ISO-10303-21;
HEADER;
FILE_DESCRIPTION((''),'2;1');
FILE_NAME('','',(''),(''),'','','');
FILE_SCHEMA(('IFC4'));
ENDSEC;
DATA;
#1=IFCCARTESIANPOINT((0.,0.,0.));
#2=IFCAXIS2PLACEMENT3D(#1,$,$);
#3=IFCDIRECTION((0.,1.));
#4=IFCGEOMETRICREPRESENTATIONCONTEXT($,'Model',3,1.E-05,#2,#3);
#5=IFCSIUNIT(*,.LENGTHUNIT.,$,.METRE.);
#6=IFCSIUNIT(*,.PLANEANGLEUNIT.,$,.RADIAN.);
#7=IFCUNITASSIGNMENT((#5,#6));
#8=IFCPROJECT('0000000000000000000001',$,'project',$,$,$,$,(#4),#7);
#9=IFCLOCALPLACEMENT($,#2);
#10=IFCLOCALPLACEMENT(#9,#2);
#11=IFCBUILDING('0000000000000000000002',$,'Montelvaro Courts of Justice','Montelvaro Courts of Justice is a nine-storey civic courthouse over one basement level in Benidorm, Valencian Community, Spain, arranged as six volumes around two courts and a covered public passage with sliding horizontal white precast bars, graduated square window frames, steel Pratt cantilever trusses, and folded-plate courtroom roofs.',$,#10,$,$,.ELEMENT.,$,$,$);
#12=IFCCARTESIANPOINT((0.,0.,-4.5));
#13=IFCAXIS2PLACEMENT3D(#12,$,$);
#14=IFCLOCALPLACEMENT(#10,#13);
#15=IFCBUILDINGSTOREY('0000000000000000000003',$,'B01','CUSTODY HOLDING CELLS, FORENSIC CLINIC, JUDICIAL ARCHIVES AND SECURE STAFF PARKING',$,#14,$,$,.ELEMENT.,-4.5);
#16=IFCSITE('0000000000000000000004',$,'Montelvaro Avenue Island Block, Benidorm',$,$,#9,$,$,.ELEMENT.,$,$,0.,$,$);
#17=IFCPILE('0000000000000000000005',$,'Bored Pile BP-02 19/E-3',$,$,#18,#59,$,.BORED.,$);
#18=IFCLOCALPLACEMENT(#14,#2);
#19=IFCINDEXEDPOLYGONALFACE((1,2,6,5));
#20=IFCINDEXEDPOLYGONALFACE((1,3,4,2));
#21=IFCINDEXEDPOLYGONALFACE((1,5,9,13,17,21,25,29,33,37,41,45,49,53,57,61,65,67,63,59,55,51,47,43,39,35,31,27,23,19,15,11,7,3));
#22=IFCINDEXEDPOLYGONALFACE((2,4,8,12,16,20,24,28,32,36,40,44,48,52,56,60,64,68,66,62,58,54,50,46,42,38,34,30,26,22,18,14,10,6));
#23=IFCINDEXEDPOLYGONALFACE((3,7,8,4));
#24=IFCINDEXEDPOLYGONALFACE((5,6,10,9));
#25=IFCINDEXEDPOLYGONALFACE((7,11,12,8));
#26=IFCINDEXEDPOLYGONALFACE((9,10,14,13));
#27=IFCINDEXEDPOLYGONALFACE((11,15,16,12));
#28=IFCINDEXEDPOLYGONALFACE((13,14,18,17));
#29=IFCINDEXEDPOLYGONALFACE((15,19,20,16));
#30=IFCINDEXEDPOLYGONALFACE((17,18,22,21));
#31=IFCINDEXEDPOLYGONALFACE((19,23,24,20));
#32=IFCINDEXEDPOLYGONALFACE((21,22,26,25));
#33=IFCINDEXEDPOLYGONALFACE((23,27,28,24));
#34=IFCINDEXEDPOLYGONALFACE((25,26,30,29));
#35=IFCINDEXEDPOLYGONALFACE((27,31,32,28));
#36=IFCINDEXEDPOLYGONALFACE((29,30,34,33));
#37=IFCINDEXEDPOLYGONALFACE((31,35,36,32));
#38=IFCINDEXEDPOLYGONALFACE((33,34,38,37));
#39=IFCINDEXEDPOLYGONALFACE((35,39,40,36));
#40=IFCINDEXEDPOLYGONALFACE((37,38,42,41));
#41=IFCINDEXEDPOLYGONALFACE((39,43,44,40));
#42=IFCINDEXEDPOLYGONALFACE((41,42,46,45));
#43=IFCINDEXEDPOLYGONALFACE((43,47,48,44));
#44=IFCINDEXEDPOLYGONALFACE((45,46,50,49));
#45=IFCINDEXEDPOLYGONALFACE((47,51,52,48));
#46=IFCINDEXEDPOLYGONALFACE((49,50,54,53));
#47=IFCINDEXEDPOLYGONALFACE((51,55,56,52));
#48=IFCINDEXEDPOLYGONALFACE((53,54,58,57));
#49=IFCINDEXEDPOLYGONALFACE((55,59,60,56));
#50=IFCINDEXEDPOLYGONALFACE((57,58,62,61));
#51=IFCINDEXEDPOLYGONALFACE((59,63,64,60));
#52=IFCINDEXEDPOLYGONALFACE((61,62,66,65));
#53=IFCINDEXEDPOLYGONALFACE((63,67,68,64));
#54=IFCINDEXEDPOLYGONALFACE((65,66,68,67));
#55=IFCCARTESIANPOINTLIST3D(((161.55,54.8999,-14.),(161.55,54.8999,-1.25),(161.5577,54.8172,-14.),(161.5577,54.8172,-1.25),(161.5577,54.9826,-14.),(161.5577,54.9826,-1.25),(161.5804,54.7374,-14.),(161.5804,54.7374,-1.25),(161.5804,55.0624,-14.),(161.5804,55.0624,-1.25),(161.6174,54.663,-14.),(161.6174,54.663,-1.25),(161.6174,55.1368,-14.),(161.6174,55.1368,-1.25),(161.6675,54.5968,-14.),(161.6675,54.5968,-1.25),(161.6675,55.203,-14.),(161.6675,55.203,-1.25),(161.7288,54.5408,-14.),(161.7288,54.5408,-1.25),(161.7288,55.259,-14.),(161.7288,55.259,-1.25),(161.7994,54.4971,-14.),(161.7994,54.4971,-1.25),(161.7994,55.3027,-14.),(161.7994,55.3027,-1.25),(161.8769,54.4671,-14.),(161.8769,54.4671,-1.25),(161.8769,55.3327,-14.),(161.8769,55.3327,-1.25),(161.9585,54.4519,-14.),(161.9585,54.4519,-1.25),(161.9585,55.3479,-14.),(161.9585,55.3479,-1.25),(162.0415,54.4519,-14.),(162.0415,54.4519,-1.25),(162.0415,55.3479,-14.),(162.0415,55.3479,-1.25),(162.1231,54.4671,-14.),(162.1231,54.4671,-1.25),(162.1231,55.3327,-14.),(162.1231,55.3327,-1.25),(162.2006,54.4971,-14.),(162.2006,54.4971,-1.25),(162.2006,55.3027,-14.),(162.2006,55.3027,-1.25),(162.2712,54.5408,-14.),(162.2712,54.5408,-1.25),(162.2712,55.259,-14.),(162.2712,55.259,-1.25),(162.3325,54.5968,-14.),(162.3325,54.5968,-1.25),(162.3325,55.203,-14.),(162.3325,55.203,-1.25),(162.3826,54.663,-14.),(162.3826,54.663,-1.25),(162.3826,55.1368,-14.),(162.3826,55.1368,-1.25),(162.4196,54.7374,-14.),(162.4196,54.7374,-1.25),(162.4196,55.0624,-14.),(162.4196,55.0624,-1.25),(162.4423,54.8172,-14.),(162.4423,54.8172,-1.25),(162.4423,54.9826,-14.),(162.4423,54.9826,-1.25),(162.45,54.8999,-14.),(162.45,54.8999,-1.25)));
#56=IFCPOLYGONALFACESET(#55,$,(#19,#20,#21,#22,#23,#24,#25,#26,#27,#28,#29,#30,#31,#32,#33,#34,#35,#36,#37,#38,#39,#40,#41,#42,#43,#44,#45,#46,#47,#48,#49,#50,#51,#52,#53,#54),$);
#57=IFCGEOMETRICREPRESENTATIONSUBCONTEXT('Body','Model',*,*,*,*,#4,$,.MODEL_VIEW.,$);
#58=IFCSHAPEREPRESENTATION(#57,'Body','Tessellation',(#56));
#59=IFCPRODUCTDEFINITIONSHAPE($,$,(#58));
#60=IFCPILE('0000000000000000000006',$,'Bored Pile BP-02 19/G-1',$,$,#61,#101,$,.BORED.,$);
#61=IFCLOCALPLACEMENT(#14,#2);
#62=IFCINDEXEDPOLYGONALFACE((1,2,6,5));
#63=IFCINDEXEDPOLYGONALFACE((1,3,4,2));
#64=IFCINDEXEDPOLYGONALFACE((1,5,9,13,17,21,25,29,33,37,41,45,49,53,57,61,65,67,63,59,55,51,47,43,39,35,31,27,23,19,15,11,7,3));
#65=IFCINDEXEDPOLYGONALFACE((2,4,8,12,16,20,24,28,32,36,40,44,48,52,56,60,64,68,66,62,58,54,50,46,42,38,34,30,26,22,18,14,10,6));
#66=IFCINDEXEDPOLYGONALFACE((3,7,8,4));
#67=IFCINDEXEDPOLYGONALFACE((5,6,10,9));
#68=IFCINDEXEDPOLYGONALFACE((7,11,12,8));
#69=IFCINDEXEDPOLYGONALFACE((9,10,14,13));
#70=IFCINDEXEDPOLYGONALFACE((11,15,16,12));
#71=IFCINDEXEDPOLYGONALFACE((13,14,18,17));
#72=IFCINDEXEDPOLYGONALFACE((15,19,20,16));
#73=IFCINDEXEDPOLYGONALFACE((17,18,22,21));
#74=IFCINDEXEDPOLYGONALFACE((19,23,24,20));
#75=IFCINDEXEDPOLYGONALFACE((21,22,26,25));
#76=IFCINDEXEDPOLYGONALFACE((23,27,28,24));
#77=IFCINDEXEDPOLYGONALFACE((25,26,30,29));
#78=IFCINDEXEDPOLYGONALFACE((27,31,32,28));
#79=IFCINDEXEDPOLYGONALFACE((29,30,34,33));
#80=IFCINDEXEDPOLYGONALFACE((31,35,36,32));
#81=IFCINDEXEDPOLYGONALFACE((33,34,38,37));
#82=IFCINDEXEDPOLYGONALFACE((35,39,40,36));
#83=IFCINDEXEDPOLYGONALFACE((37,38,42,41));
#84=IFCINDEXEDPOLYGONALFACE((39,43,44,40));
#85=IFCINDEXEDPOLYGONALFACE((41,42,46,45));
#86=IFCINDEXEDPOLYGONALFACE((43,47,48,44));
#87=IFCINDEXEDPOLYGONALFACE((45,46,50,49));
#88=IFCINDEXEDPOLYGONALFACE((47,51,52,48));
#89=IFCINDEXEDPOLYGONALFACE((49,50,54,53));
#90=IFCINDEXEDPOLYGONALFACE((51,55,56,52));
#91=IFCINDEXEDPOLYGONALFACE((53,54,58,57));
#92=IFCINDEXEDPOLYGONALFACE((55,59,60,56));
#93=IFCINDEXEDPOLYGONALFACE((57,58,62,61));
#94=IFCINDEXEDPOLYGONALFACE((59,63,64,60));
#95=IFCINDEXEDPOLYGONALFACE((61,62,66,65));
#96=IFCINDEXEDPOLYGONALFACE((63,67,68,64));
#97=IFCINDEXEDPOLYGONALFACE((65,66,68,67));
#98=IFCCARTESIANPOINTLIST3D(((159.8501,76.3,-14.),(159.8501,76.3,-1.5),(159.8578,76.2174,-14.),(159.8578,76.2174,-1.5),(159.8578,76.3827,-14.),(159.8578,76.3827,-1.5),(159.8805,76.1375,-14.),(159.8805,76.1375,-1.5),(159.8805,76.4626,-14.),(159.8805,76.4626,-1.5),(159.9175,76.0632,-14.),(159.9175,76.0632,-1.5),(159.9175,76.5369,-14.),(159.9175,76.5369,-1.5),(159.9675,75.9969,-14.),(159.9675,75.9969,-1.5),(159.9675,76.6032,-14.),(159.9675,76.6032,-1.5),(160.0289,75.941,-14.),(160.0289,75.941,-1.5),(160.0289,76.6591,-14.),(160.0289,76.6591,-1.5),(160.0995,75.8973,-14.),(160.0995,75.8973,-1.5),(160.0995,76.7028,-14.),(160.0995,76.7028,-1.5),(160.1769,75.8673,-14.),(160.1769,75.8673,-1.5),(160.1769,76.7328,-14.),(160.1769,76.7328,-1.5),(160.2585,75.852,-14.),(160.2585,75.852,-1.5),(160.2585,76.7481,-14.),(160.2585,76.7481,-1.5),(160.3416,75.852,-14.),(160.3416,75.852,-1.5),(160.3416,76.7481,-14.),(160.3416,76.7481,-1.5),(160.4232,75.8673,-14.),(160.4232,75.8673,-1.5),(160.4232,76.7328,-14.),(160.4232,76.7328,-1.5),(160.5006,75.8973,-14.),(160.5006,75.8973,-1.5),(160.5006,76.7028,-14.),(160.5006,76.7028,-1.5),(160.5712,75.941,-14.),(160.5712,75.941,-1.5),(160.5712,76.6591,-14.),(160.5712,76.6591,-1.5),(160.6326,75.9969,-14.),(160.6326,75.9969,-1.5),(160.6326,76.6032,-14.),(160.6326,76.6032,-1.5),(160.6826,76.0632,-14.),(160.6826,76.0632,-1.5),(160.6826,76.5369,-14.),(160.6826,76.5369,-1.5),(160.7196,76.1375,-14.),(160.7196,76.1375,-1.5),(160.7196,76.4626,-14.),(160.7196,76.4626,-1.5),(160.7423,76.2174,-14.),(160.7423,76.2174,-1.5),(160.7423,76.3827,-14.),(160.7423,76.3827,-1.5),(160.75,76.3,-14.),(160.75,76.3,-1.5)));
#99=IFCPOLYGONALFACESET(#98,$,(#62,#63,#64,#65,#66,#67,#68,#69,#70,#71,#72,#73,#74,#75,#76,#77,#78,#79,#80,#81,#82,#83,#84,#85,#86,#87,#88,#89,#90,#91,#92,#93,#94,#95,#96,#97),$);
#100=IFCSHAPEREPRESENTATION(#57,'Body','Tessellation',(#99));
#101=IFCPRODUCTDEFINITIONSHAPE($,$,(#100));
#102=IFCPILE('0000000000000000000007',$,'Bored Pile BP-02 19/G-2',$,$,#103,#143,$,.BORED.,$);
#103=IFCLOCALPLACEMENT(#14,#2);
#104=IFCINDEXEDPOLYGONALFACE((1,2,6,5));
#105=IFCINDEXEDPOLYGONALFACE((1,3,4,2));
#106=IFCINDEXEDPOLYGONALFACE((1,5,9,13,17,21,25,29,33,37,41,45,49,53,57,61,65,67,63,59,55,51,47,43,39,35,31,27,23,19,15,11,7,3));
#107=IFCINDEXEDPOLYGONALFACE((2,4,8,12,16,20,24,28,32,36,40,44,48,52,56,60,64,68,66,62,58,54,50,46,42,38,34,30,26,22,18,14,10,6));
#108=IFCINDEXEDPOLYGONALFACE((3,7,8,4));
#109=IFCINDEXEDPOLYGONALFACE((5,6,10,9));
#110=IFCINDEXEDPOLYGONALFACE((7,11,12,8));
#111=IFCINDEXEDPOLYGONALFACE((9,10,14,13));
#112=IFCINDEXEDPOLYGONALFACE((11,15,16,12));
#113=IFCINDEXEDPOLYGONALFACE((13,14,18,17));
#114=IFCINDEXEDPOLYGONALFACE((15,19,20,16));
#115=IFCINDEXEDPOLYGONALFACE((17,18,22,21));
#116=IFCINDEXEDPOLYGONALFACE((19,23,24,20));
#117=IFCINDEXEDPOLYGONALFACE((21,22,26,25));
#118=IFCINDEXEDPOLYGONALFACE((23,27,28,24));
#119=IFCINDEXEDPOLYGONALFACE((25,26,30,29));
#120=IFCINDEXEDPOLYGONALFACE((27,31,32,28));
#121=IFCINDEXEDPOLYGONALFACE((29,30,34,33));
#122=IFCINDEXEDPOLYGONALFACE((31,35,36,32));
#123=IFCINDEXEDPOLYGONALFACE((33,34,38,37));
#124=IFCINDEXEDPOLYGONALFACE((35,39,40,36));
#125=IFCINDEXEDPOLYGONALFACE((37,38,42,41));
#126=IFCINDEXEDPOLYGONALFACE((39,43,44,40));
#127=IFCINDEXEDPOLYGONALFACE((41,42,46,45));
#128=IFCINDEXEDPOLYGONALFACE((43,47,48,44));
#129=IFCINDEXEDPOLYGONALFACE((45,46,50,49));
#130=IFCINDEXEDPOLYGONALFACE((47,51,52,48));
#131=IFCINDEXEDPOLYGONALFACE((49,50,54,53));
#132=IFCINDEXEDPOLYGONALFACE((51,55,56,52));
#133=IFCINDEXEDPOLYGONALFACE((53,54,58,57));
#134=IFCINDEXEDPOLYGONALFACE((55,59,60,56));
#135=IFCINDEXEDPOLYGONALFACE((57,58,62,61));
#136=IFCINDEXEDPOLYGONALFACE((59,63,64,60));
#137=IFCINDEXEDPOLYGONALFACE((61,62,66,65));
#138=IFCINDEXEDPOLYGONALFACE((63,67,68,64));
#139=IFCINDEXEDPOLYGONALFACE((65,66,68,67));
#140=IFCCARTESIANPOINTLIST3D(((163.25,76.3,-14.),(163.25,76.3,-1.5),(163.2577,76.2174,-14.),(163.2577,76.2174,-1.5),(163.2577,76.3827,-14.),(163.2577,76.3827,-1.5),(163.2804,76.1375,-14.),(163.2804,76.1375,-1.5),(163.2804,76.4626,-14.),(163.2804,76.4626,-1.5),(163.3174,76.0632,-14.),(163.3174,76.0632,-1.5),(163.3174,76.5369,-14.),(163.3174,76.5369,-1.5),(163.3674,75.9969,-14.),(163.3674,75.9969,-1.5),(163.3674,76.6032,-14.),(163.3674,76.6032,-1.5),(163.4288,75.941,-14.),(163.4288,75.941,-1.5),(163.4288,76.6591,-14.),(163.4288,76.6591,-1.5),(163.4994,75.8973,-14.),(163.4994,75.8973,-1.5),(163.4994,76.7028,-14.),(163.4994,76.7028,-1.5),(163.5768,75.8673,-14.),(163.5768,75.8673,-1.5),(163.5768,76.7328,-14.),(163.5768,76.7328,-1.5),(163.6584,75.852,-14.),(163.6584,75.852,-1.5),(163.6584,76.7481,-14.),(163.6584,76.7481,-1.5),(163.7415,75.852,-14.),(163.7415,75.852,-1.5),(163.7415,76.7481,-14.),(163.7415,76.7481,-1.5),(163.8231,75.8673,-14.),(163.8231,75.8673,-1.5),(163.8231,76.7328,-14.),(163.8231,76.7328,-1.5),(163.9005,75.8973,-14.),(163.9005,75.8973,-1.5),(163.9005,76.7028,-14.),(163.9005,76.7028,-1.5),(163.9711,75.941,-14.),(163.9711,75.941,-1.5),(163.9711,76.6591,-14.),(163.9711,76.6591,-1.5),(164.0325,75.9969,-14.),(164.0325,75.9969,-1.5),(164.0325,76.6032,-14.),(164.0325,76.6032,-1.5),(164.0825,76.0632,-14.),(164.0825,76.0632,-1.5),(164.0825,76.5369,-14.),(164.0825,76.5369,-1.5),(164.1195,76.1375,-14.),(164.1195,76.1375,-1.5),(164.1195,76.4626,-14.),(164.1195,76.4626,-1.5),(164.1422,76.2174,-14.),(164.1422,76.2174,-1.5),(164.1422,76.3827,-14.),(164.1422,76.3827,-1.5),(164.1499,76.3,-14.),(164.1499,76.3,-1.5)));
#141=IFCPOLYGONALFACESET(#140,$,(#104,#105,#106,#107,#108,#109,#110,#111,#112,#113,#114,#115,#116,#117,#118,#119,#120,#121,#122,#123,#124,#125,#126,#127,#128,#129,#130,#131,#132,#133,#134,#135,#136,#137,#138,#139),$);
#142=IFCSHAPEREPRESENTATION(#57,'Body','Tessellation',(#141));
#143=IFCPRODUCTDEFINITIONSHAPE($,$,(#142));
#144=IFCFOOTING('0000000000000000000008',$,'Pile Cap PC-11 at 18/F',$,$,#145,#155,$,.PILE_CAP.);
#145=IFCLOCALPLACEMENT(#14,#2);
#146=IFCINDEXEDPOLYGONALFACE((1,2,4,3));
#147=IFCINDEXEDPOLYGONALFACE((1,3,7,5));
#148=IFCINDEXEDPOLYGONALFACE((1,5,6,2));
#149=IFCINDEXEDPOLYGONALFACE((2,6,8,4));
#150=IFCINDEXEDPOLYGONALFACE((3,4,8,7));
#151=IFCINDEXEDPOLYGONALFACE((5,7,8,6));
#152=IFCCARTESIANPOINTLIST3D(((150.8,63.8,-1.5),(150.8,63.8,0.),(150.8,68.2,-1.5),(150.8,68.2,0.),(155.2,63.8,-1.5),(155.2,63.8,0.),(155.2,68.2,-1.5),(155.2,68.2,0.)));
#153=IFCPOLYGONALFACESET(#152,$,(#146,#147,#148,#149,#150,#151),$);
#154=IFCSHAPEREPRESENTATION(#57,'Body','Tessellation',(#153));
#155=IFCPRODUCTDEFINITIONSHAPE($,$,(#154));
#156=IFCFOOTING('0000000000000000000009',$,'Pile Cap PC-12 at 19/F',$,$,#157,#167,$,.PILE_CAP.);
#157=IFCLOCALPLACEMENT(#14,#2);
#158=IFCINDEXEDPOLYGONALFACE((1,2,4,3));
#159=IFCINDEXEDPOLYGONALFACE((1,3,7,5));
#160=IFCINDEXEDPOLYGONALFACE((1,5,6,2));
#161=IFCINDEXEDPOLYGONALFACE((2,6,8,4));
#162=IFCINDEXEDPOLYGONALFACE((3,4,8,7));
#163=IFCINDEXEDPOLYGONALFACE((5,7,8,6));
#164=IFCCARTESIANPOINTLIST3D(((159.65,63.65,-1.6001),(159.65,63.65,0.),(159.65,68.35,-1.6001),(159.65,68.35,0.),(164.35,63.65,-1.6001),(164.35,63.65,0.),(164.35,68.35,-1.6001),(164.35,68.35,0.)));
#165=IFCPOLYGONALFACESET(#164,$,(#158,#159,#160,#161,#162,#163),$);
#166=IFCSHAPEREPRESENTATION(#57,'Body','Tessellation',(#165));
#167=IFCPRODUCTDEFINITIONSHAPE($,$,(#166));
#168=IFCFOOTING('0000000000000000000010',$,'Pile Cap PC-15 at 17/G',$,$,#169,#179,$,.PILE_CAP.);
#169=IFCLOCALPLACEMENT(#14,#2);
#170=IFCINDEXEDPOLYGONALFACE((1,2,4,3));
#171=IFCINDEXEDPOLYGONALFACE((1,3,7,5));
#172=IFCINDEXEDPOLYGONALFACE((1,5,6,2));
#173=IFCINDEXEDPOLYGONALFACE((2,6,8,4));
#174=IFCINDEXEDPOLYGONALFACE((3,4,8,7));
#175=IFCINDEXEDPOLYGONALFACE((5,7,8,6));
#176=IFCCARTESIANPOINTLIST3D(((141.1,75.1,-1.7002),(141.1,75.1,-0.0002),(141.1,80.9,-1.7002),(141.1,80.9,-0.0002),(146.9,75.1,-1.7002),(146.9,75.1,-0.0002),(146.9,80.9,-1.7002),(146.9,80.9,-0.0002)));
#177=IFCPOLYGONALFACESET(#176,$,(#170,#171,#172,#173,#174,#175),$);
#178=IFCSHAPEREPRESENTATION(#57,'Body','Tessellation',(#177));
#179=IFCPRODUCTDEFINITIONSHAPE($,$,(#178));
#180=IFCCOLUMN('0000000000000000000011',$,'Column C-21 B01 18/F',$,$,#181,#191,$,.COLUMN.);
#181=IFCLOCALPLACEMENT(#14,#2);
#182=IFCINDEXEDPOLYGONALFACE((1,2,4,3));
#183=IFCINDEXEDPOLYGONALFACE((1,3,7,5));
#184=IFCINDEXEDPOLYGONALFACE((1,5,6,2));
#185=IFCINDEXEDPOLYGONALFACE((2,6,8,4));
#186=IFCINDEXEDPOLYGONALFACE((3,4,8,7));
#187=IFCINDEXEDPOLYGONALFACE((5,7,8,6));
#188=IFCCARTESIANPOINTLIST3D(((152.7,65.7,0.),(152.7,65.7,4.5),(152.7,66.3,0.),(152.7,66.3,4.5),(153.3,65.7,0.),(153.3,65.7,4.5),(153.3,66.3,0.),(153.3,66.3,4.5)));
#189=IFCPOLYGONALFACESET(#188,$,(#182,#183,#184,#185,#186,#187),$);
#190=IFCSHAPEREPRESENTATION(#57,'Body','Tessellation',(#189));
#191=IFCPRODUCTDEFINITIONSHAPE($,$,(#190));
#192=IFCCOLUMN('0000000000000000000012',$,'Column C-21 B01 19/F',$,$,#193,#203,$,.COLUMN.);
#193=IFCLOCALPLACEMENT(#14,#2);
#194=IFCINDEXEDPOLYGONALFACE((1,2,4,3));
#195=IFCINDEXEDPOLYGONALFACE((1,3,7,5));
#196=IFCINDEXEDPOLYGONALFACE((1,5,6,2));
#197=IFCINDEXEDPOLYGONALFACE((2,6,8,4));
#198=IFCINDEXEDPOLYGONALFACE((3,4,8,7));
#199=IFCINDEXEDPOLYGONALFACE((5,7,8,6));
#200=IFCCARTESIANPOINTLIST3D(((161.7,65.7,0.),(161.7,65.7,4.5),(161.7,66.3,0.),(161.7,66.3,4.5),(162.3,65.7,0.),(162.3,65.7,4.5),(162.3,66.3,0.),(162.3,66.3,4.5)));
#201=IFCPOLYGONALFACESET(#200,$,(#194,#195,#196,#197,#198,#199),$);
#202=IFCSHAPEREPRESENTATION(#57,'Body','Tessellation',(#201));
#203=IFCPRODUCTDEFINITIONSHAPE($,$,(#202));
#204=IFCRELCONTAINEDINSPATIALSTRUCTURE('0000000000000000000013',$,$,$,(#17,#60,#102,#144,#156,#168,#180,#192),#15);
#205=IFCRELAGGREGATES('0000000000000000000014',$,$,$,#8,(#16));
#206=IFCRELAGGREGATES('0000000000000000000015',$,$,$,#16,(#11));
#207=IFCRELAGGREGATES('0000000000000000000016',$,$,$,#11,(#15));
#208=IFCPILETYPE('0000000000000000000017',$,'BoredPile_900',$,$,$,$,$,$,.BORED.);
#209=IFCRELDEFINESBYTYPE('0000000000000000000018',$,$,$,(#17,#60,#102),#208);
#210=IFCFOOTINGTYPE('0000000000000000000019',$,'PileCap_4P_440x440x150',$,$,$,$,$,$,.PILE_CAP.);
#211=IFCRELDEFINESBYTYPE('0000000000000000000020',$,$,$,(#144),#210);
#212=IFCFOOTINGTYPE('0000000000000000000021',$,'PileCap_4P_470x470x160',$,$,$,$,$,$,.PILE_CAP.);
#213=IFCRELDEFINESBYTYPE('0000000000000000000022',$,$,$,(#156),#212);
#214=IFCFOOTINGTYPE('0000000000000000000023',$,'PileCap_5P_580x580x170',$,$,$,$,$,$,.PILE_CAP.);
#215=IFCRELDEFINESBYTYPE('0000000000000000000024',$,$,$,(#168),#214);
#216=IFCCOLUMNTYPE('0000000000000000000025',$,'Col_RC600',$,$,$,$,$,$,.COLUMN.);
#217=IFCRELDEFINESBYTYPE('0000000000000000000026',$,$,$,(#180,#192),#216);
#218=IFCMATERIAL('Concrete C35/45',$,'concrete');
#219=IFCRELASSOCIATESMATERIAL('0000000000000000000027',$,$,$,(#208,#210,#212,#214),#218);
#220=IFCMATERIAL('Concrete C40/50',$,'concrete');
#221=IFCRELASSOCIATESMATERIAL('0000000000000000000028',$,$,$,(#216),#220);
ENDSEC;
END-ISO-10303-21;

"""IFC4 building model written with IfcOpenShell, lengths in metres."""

from ifc_helpers import new_model, si_unit, direction, frame, origin, origin_2d, place, context, subcontext, project, spatial, rectangle, circle, extrude, material, material_profile, profile_set, type_object, element, save


model = new_model("IFC4")

# Units and contexts
model_context = context("Model", 3, precision=1e-05, world=origin(), true_north=direction((0.0, 1.0)))
body_context = subcontext(model_context, "Body", "Model", "MODEL_VIEW")
ifc_project = project(units=[si_unit("LENGTHUNIT", "METRE"), si_unit("PLANEANGLEUNIT", "RADIAN")], contexts=[model_context])

# Site, building, storey
site_placement = place(None, origin())
site = spatial("IfcSite", under=ifc_project, at=site_placement, Name="Montelvaro Avenue Island Block, Benidorm", CompositionType="ELEMENT", RefElevation=0.0)
building_placement = place(site_placement, origin())
building = spatial("IfcBuilding", under=site, at=building_placement, Name="Montelvaro Courts of Justice", Description="Montelvaro Courts of Justice is a nine-storey civic courthouse over one basement level in Benidorm, Valencian Community, Spain, arranged as six volumes around two courts and a covered public passage with sliding horizontal white precast bars, graduated square window frames, steel Pratt cantilever trusses, and folded-plate courtroom roofs.", CompositionType="ELEMENT")
storey_placement = place(building_placement, frame((0.0, 0.0, -4.5)))
storey = spatial("IfcBuildingStorey", under=building, at=storey_placement, Name="B01", Description="CUSTODY HOLDING CELLS, FORENSIC CLINIC, JUDICIAL ARCHIVES AND SECURE STAFF PARKING", CompositionType="ELEMENT", Elevation=-4.5)

# Piles
ifc_material_1 = material(Name="Concrete C35/45", Category="concrete")
ifc_material_profile_1 = material_profile(ifc_material_1, circle(Radius=0.45, at=origin_2d()), Name="BORED PILE D900")
ifc_profile_set_1 = profile_set([ifc_material_profile_1], Name="Concrete C35/45")
pile_type_1 = type_object("IfcPileType", Name="BoredPile_900", PredefinedType="BORED", material=ifc_profile_set_1)
pile_1_placement = place(storey_placement, frame((162.0, 54.8999, -1.25), z_axis=(0.0, 0.0, -1.0), x_axis=(1.0, 0.0, 0.0)))
element("IfcPile", 1, at=pile_1_placement, inside=storey, type_object=pile_type_1, Name="Bored Pile BP-02 19/E-3", PredefinedType="BORED", context=body_context, shape_type="SweptSolid", body=[
    extrude(circle(Radius=0.45, at=origin_2d()), origin(), (0.0, 0.0, 1.0), 12.75),
])
for number, where, z_axis, x_axis, name in (
    (2, (160.3, 76.3, -1.5), (0.0, 0.0, -1.0), (1.0, 0.0, 0.0), "Bored Pile BP-02 19/G-1"),
    (3, (163.7, 76.3, -1.5), (0.0, 0.0, -1.0), (1.0, 0.0, 0.0), "Bored Pile BP-02 19/G-2"),
):
    element("IfcPile", number, at=place(storey_placement, frame(where, z_axis=z_axis, x_axis=x_axis)), inside=storey, type_object=pile_type_1, Name=name, PredefinedType="BORED", context=body_context, shape_type="SweptSolid", body=[
        extrude(circle(Radius=0.45, at=origin_2d()), origin(), (0.0, 0.0, 1.0), 12.5),
    ])

# Footings
footing_type_1 = type_object("IfcFootingType", Name="PileCap_4P_440x440x150", PredefinedType="PILE_CAP", material=ifc_material_1)
footing_1_placement = place(storey_placement, frame((153.0, 66.0, -1.5), z_axis=(0.0, 0.0, 1.0), x_axis=(1.0, 0.0, 0.0)))
element("IfcFooting", 4, at=footing_1_placement, inside=storey, type_object=footing_type_1, Name="Pile Cap PC-11 at 18/F", PredefinedType="PILE_CAP", context=body_context, shape_type="SweptSolid", body=[
    extrude(rectangle(XDim=4.3999, YDim=4.3999, at=origin_2d()), origin(), (0.0, 0.0, 1.0), 1.5),
])
footing_type_2 = type_object("IfcFootingType", Name="PileCap_4P_470x470x160", PredefinedType="PILE_CAP", material=ifc_material_1)
footing_2_placement = place(storey_placement, frame((162.0, 66.0, -1.6001), z_axis=(0.0, 0.0, 1.0), x_axis=(1.0, 0.0, 0.0)))
element("IfcFooting", 5, at=footing_2_placement, inside=storey, type_object=footing_type_2, Name="Pile Cap PC-12 at 19/F", PredefinedType="PILE_CAP", context=body_context, shape_type="SweptSolid", body=[
    extrude(rectangle(XDim=4.7, YDim=4.7, at=origin_2d()), origin(), (0.0, 0.0, 1.0), 1.6001),
])
footing_type_3 = type_object("IfcFootingType", Name="PileCap_5P_580x580x170", PredefinedType="PILE_CAP", material=ifc_material_1)
footing_3_placement = place(storey_placement, frame((144.0, 78.0, -1.7002), z_axis=(0.0, 0.0, 1.0), x_axis=(1.0, 0.0, 0.0)))
element("IfcFooting", 6, at=footing_3_placement, inside=storey, type_object=footing_type_3, Name="Pile Cap PC-15 at 17/G", PredefinedType="PILE_CAP", context=body_context, shape_type="SweptSolid", body=[
    extrude(rectangle(XDim=5.8, YDim=5.8, at=origin_2d()), origin(), (0.0, 0.0, 1.0), 1.7),
])

# Columns
ifc_material_2 = material(Name="Concrete C40/50", Category="concrete")
ifc_material_profile_2 = material_profile(ifc_material_2, rectangle(XDim=0.6001, YDim=0.6001, at=origin_2d()), Name="RC 600x600")
ifc_profile_set_2 = profile_set([ifc_material_profile_2], Name="Concrete C40/50")
column_type = type_object("IfcColumnType", Name="Col_RC600", PredefinedType="COLUMN", material=ifc_profile_set_2)
for number, where, z_axis, x_axis, name in (
    (7, (153.0, 66.0, 0.0), (0.0, 0.0, 1.0), (1.0, 0.0, 0.0), "Column C-21 B01 18/F"),
    (8, (162.0, 66.0, 0.0), (0.0, 0.0, 1.0), (1.0, 0.0, 0.0), "Column C-21 B01 19/F"),
):
    element("IfcColumn", number, at=place(storey_placement, frame(where, z_axis=z_axis, x_axis=x_axis)), inside=storey, type_object=column_type, Name=name, PredefinedType="COLUMN", context=body_context, shape_type="SweptSolid", body=[
        extrude(rectangle(XDim=0.6001, YDim=0.6001, at=origin_2d()), origin(), (0.0, 0.0, 1.0), 4.5),
    ])

save(model, "model.ifc")
